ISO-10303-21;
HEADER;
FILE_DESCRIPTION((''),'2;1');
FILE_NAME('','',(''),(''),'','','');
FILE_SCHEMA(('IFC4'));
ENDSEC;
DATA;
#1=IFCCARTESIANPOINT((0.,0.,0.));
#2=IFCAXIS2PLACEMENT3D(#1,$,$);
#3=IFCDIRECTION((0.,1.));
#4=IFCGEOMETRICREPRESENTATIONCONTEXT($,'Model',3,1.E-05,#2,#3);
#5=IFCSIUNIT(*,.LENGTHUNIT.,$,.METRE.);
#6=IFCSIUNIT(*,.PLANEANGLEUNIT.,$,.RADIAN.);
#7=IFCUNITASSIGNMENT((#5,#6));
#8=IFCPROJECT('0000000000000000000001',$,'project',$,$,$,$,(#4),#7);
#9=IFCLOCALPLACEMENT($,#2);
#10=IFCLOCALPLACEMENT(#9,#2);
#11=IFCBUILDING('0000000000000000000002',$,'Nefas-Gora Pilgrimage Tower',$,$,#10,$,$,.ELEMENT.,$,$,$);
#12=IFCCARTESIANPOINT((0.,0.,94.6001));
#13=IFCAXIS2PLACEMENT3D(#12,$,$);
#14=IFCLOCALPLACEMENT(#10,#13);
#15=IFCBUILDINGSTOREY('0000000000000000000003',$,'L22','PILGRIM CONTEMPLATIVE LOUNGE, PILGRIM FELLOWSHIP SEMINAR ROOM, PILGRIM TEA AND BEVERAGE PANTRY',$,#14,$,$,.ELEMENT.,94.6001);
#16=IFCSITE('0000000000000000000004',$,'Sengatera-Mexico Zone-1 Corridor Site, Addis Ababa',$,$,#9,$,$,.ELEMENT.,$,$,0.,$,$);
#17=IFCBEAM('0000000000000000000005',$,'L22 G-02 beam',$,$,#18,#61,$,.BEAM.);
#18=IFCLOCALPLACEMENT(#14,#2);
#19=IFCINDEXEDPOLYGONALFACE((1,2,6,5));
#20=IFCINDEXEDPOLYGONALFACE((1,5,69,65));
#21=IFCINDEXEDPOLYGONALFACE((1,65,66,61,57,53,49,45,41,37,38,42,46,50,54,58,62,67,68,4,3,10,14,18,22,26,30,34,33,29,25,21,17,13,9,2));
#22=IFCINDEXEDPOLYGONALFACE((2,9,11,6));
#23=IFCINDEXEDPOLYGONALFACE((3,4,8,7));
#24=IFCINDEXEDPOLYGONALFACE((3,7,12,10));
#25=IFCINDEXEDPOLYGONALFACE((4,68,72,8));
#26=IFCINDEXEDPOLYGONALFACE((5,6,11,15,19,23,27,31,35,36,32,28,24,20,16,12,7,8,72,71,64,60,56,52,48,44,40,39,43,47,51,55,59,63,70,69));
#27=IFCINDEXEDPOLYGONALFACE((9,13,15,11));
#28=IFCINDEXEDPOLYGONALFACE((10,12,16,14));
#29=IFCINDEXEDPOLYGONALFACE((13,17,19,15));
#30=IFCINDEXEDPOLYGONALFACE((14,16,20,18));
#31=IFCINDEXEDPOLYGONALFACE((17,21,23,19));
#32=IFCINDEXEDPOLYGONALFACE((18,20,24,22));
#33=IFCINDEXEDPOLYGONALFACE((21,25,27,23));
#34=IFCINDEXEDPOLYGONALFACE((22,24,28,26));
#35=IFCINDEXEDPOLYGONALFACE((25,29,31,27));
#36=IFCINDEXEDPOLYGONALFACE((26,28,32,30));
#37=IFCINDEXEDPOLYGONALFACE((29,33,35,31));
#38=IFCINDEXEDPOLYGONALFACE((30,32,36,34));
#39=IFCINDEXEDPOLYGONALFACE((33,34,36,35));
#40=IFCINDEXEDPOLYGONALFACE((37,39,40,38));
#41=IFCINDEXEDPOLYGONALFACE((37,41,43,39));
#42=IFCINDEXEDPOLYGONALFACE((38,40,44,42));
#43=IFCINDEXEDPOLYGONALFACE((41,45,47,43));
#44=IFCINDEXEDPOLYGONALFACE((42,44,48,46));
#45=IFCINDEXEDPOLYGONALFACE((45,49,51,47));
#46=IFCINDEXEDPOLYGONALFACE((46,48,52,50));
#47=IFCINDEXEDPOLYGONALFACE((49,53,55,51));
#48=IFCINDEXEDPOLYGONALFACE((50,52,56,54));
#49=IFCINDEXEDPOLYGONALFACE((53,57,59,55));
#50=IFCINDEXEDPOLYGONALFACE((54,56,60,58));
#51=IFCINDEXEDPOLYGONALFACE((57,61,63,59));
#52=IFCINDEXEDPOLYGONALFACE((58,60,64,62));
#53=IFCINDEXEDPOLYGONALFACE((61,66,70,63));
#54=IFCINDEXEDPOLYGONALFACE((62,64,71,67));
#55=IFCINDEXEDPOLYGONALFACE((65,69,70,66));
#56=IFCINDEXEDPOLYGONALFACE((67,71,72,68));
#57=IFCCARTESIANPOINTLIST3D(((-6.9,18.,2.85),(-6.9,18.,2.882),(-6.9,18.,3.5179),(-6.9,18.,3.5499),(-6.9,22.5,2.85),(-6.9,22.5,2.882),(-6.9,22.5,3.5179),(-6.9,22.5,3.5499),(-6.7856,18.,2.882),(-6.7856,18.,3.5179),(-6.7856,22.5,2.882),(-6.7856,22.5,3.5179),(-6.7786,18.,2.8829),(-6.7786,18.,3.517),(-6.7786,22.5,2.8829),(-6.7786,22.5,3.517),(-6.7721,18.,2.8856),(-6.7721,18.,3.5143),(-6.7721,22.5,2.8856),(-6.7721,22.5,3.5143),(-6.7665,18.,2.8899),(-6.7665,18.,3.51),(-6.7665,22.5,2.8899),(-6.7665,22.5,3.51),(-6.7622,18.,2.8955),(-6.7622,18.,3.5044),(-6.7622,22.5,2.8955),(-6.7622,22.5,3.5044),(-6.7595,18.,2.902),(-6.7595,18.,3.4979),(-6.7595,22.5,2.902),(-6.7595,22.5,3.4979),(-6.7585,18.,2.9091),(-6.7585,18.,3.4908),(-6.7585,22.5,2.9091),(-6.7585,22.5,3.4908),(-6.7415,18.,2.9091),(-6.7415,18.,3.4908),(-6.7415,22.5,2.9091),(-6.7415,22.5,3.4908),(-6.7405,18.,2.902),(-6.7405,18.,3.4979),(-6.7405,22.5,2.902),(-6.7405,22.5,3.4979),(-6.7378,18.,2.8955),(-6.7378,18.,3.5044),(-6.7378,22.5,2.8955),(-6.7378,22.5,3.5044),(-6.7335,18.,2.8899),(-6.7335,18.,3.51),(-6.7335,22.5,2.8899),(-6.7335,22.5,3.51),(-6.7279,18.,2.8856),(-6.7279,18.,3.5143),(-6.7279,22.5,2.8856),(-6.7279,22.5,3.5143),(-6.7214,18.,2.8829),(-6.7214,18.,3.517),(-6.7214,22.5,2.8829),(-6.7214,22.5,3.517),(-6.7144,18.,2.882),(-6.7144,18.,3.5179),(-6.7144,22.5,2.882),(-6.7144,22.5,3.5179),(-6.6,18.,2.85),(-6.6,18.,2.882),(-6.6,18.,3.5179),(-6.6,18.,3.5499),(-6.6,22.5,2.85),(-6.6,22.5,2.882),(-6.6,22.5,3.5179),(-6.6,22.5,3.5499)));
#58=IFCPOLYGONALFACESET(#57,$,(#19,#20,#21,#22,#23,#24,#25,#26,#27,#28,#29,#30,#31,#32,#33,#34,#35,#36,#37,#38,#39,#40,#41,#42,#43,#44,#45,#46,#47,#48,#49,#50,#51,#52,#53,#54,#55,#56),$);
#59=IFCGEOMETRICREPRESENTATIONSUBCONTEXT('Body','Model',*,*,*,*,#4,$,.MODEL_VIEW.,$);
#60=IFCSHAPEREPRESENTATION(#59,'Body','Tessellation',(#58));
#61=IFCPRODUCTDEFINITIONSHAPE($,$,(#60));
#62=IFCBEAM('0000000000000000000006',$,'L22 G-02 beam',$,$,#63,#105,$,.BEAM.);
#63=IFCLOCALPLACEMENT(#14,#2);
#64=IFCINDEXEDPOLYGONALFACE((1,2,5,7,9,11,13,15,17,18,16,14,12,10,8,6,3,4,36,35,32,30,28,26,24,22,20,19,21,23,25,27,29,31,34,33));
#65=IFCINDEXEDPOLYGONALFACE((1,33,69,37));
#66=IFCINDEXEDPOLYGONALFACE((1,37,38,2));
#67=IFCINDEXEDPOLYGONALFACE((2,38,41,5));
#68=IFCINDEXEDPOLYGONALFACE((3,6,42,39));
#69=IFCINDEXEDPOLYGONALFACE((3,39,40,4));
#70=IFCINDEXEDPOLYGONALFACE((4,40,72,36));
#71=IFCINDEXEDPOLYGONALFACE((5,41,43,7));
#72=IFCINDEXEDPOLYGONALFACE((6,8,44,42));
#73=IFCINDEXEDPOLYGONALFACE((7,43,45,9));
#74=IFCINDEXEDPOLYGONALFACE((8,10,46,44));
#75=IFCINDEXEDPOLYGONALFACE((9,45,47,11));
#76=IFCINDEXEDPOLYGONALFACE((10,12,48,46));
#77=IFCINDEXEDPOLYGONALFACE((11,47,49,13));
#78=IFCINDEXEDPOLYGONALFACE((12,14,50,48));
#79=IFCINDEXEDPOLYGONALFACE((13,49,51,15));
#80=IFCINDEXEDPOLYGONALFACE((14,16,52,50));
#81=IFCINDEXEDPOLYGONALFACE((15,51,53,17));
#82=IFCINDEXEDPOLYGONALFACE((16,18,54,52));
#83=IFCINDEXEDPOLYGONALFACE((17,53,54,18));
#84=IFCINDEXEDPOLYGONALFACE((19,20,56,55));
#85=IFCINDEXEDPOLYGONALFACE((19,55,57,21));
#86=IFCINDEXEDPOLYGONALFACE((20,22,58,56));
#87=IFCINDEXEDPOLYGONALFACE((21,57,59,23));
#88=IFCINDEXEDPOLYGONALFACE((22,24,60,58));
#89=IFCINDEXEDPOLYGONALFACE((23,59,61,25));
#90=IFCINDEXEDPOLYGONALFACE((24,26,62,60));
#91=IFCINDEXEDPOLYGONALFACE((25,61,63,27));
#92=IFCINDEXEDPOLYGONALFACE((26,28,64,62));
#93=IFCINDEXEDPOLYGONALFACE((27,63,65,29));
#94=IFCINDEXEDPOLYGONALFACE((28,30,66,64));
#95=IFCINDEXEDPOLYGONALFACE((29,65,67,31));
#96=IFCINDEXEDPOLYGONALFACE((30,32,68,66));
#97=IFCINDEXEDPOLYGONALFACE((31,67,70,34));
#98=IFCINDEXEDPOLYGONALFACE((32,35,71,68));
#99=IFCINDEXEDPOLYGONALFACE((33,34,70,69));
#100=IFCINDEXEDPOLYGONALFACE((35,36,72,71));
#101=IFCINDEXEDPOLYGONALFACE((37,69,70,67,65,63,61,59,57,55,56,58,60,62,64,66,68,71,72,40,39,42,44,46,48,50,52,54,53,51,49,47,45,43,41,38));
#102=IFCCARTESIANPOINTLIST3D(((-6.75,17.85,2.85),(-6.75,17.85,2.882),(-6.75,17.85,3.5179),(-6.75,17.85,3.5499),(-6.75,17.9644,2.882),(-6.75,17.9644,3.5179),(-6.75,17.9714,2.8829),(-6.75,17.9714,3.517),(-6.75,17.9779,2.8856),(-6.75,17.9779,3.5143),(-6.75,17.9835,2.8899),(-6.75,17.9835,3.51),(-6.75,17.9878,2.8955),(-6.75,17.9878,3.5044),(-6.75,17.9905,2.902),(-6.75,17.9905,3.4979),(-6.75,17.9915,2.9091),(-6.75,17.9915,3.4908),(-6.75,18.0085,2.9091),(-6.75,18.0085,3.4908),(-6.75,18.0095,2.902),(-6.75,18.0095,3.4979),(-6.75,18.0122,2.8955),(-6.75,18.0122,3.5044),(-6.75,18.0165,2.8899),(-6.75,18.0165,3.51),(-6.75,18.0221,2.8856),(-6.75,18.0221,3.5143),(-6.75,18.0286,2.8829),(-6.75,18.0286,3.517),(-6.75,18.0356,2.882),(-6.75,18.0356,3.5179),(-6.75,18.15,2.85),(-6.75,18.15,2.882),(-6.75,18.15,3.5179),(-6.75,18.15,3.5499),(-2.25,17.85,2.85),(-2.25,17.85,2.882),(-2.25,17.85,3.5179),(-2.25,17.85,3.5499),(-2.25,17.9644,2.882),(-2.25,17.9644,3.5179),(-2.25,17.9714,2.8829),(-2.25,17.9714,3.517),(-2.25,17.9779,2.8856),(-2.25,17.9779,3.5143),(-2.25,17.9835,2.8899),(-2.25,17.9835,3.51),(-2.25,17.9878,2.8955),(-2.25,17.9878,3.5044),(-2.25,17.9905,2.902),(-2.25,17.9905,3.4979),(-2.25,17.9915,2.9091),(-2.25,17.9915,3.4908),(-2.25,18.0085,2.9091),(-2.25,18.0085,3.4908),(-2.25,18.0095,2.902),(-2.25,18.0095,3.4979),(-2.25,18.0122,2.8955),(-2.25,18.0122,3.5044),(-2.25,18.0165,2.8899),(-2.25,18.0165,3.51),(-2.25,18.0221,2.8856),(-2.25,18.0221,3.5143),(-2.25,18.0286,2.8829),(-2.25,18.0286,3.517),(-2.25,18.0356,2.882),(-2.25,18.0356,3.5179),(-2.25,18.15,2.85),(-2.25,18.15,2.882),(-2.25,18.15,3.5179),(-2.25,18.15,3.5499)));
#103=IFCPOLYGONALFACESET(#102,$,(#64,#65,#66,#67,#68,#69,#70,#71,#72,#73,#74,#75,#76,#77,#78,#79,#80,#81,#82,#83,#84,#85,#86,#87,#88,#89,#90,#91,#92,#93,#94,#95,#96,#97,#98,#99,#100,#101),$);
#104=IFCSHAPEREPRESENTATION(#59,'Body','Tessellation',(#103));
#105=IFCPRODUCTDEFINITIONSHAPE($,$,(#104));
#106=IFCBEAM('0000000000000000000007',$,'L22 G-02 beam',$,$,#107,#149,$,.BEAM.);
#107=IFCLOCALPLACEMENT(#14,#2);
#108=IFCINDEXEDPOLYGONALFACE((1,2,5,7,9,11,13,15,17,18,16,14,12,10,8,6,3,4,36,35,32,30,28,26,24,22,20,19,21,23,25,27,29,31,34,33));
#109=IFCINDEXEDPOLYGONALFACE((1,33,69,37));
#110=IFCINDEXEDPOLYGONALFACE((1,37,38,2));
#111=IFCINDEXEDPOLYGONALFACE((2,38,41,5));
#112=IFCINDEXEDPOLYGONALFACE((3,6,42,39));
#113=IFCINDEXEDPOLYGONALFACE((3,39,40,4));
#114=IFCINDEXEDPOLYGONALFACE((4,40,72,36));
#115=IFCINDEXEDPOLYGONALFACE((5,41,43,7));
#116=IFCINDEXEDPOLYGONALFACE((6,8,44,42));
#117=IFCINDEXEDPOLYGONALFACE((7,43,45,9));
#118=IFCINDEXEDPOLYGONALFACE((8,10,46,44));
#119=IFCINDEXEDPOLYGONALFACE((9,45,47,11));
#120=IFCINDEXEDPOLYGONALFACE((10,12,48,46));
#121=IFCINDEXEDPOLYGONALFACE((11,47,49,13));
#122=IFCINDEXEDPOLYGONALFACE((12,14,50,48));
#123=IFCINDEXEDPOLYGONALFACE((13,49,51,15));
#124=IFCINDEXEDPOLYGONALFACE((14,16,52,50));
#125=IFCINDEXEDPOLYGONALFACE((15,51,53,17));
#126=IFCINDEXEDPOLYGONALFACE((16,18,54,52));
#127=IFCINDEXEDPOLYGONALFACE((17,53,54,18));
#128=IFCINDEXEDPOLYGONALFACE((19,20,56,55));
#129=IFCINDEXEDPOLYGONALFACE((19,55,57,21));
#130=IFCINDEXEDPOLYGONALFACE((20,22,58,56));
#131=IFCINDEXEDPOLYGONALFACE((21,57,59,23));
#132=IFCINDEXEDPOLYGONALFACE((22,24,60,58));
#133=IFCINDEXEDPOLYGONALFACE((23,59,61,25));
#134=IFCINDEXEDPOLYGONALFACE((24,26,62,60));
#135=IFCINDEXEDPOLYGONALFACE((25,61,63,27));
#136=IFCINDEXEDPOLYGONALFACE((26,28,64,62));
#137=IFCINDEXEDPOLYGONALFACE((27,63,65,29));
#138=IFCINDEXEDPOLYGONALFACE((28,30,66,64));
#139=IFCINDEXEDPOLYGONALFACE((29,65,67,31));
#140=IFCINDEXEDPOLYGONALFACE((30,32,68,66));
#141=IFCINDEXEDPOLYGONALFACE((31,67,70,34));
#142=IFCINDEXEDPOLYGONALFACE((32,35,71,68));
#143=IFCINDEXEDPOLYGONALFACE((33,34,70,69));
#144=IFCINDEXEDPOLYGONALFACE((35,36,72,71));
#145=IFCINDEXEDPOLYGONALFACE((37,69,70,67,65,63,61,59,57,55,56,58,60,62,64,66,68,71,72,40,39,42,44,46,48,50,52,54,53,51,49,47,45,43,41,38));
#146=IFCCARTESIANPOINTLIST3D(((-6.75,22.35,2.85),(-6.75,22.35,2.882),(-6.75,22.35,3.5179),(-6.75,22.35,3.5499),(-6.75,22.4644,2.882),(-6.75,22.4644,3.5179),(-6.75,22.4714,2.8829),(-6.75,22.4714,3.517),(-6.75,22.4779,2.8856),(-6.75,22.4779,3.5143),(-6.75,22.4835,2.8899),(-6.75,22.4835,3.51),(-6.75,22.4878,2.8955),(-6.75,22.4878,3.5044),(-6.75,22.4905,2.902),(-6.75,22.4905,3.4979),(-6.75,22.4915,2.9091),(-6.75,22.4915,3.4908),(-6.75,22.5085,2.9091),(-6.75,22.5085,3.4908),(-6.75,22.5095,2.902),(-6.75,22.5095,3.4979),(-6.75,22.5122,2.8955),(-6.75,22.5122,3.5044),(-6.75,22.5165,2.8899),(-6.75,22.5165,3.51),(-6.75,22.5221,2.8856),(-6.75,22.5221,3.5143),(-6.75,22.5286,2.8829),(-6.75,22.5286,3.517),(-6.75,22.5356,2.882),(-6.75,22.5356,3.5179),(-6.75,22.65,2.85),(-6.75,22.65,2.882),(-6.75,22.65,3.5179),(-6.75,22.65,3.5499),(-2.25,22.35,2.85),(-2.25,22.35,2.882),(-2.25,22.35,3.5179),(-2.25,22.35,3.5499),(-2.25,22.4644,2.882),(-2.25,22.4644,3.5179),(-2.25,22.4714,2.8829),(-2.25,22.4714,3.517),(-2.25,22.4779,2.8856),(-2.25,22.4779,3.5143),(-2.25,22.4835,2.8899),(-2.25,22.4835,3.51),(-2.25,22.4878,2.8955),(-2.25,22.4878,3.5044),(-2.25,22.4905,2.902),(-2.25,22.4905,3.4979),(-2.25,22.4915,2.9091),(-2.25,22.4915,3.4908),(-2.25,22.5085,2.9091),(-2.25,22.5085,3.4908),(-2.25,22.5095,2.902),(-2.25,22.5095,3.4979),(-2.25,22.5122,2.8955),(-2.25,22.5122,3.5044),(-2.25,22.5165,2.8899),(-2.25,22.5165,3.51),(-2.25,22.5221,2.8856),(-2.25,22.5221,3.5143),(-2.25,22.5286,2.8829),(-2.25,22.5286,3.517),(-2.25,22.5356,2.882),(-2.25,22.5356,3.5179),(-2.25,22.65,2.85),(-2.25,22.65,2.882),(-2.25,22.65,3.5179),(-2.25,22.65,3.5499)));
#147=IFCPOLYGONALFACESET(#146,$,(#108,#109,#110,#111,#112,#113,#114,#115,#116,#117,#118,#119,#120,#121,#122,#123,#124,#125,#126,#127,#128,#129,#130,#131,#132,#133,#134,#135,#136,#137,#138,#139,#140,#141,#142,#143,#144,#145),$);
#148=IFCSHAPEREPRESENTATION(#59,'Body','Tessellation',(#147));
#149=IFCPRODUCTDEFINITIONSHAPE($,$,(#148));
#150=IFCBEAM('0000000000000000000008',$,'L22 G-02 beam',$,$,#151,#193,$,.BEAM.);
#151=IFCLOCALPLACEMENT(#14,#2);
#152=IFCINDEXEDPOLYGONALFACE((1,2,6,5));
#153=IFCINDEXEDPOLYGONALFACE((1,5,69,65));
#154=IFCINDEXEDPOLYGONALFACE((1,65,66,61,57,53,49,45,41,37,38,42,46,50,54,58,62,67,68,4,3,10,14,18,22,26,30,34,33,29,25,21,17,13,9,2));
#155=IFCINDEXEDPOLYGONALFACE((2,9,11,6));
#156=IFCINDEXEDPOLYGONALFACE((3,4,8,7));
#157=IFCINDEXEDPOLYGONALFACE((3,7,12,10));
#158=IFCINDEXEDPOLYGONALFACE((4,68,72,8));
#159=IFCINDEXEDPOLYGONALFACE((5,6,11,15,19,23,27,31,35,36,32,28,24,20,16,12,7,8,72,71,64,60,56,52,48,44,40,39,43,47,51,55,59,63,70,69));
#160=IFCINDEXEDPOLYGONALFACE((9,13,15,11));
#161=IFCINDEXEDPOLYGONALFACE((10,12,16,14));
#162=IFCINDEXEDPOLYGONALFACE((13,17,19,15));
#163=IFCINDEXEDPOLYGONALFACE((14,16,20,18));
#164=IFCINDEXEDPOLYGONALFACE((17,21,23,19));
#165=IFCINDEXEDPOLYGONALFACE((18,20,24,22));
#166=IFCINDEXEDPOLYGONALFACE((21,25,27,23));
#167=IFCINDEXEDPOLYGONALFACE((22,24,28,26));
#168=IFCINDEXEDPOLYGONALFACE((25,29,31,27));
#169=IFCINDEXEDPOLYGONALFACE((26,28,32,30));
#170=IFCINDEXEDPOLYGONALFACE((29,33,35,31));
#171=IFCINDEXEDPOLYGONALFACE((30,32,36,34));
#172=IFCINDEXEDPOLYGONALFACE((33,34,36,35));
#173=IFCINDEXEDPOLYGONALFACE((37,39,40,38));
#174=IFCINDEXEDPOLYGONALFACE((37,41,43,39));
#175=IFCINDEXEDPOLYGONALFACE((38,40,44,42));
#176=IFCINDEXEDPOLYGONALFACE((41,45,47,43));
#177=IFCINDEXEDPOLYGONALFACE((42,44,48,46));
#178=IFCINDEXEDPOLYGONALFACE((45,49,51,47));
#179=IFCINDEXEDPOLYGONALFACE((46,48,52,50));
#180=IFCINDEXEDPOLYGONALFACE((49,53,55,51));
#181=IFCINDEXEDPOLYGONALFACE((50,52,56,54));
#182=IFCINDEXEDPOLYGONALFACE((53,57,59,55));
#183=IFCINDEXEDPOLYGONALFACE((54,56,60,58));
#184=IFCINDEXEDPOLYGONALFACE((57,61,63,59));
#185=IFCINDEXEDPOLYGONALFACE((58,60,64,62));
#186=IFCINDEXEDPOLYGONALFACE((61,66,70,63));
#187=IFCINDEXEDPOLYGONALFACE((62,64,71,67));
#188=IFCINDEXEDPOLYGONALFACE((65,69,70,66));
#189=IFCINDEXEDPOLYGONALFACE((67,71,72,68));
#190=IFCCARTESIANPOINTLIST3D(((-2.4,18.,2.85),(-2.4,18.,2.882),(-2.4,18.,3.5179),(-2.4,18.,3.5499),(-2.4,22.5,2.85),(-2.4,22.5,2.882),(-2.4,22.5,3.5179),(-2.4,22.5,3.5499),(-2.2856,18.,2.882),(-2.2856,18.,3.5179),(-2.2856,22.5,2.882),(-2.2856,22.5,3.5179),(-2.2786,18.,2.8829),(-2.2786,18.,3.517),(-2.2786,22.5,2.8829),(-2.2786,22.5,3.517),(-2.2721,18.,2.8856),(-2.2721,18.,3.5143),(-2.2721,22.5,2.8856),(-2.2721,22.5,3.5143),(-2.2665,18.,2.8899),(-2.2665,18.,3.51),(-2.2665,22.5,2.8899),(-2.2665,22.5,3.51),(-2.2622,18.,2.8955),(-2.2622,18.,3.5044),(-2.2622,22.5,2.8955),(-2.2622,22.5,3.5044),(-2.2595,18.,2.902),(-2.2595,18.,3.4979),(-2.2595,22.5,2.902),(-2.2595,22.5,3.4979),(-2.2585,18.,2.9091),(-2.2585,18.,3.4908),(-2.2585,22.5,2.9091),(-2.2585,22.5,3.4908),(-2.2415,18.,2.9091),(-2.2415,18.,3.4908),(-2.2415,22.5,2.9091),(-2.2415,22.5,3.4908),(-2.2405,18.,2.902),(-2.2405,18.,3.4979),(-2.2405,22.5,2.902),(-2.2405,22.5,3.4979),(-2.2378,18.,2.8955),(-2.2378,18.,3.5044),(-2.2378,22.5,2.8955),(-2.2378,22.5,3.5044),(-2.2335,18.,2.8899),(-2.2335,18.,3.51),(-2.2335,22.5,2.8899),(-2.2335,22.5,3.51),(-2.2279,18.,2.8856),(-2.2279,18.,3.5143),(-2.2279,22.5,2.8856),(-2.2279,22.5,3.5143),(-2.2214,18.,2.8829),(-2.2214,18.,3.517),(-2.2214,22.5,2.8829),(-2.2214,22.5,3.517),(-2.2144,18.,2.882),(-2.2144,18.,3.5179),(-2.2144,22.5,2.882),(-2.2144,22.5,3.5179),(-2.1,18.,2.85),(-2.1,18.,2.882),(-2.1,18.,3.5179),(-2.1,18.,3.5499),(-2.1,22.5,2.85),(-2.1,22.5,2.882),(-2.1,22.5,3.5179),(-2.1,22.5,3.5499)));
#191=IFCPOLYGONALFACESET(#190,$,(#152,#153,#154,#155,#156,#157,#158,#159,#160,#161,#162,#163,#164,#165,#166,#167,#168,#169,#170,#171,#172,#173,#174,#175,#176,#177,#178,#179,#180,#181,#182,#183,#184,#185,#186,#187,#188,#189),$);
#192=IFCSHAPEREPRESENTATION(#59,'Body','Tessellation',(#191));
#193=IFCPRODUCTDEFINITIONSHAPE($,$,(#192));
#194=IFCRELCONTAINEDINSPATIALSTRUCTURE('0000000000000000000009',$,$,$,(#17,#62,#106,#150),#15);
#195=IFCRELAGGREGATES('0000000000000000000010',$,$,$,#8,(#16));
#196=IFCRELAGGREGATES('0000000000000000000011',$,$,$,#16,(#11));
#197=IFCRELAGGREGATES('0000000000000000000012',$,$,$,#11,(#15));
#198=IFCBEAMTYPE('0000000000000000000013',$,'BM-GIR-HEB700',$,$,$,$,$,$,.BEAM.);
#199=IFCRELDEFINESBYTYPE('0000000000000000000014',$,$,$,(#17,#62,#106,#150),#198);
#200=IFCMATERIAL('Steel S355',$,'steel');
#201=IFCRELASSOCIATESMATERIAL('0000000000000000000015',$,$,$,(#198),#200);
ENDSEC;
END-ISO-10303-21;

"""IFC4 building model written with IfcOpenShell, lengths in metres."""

from ifc_helpers import new_model, si_unit, direction, frame, origin, origin_2d, place, context, subcontext, project, spatial, i_section, extrude, source, transform, mapped, material, material_profile, profile_set, type_object, element, save


model = new_model("IFC4")

# Units and contexts
model_context = context("Model", 3, precision=1e-05, world=origin(), true_north=direction((0.0, 1.0)))
body_context = subcontext(model_context, "Body", "Model", "MODEL_VIEW")
ifc_project = project(units=[si_unit("LENGTHUNIT", "METRE"), si_unit("PLANEANGLEUNIT", "RADIAN")], contexts=[model_context])

# Site, building, storey
site_placement = place(None, origin())
site = spatial("IfcSite", under=ifc_project, at=site_placement, Name="Sengatera-Mexico Zone-1 Corridor Site, Addis Ababa", CompositionType="ELEMENT", RefElevation=0.0)
building_placement = place(site_placement, origin())
building = spatial("IfcBuilding", under=site, at=building_placement, Name="Nefas-Gora Pilgrimage Tower", CompositionType="ELEMENT")
storey_placement = place(building_placement, frame((0.0, 0.0, 94.6001)))
storey = spatial("IfcBuildingStorey", under=building, at=storey_placement, Name="L22", Description="PILGRIM CONTEMPLATIVE LOUNGE, PILGRIM FELLOWSHIP SEMINAR ROOM, PILGRIM TEA AND BEVERAGE PANTRY", CompositionType="ELEMENT", Elevation=94.6001)

# Beams
ifc_material_1 = material(Name="Steel S355", Category="steel")
ifc_material_profile_1 = material_profile(ifc_material_1, i_section(OverallWidth=0.3, OverallDepth=0.7, WebThickness=0.0171, FlangeThickness=0.032, FilletRadius=0.0271, at=origin_2d()), Name="HEB 700")
ifc_profile_set_1 = profile_set([ifc_material_profile_1], Name="Steel S355")
beam_type = type_object("IfcBeamType", Name="BM-GIR-HEB700", PredefinedType="BEAM", material=ifc_profile_set_1)
shared_shape_1 = source(origin(), body_context, "Body", "SweptSolid", [
    extrude(i_section(OverallWidth=0.3, OverallDepth=0.7, WebThickness=0.0171, FlangeThickness=0.032, FilletRadius=0.0271, at=origin_2d()), origin(), (0.0, 0.0, 1.0), 4.5),
])
for number, where, z_axis, x_axis, name in (
    (1, (-6.75, 18.0, 3.2), (0.0, 1.0, 0.0), (-1.0, 0.0, 0.0), "L22 G-02 beam"),
    (2, (-6.75, 18.0, 3.2), (1.0, 0.0, 0.0), (0.0, 1.0, 0.0), "L22 G-02 beam"),
    (3, (-6.75, 22.5, 3.2), (1.0, 0.0, 0.0), (0.0, 1.0, 0.0), "L22 G-02 beam"),
    (4, (-2.25, 18.0, 3.2), (0.0, 1.0, 0.0), (-1.0, 0.0, 0.0), "L22 G-02 beam"),
):
    element("IfcBeam", number, at=place(storey_placement, frame(where, z_axis=z_axis, x_axis=x_axis)), inside=storey, type_object=beam_type, Name=name, PredefinedType="BEAM", context=body_context, shape_type="MappedRepresentation", body=[
        mapped(shared_shape_1, transform((0.0, 0.0, 0.0), x_axis=(1.0, 0.0, 0.0), y_axis=(0.0, 1.0, 0.0), z_axis=(0.0, 0.0, 1.0), scale=1.0)),
    ])

save(model, "model.ifc")
